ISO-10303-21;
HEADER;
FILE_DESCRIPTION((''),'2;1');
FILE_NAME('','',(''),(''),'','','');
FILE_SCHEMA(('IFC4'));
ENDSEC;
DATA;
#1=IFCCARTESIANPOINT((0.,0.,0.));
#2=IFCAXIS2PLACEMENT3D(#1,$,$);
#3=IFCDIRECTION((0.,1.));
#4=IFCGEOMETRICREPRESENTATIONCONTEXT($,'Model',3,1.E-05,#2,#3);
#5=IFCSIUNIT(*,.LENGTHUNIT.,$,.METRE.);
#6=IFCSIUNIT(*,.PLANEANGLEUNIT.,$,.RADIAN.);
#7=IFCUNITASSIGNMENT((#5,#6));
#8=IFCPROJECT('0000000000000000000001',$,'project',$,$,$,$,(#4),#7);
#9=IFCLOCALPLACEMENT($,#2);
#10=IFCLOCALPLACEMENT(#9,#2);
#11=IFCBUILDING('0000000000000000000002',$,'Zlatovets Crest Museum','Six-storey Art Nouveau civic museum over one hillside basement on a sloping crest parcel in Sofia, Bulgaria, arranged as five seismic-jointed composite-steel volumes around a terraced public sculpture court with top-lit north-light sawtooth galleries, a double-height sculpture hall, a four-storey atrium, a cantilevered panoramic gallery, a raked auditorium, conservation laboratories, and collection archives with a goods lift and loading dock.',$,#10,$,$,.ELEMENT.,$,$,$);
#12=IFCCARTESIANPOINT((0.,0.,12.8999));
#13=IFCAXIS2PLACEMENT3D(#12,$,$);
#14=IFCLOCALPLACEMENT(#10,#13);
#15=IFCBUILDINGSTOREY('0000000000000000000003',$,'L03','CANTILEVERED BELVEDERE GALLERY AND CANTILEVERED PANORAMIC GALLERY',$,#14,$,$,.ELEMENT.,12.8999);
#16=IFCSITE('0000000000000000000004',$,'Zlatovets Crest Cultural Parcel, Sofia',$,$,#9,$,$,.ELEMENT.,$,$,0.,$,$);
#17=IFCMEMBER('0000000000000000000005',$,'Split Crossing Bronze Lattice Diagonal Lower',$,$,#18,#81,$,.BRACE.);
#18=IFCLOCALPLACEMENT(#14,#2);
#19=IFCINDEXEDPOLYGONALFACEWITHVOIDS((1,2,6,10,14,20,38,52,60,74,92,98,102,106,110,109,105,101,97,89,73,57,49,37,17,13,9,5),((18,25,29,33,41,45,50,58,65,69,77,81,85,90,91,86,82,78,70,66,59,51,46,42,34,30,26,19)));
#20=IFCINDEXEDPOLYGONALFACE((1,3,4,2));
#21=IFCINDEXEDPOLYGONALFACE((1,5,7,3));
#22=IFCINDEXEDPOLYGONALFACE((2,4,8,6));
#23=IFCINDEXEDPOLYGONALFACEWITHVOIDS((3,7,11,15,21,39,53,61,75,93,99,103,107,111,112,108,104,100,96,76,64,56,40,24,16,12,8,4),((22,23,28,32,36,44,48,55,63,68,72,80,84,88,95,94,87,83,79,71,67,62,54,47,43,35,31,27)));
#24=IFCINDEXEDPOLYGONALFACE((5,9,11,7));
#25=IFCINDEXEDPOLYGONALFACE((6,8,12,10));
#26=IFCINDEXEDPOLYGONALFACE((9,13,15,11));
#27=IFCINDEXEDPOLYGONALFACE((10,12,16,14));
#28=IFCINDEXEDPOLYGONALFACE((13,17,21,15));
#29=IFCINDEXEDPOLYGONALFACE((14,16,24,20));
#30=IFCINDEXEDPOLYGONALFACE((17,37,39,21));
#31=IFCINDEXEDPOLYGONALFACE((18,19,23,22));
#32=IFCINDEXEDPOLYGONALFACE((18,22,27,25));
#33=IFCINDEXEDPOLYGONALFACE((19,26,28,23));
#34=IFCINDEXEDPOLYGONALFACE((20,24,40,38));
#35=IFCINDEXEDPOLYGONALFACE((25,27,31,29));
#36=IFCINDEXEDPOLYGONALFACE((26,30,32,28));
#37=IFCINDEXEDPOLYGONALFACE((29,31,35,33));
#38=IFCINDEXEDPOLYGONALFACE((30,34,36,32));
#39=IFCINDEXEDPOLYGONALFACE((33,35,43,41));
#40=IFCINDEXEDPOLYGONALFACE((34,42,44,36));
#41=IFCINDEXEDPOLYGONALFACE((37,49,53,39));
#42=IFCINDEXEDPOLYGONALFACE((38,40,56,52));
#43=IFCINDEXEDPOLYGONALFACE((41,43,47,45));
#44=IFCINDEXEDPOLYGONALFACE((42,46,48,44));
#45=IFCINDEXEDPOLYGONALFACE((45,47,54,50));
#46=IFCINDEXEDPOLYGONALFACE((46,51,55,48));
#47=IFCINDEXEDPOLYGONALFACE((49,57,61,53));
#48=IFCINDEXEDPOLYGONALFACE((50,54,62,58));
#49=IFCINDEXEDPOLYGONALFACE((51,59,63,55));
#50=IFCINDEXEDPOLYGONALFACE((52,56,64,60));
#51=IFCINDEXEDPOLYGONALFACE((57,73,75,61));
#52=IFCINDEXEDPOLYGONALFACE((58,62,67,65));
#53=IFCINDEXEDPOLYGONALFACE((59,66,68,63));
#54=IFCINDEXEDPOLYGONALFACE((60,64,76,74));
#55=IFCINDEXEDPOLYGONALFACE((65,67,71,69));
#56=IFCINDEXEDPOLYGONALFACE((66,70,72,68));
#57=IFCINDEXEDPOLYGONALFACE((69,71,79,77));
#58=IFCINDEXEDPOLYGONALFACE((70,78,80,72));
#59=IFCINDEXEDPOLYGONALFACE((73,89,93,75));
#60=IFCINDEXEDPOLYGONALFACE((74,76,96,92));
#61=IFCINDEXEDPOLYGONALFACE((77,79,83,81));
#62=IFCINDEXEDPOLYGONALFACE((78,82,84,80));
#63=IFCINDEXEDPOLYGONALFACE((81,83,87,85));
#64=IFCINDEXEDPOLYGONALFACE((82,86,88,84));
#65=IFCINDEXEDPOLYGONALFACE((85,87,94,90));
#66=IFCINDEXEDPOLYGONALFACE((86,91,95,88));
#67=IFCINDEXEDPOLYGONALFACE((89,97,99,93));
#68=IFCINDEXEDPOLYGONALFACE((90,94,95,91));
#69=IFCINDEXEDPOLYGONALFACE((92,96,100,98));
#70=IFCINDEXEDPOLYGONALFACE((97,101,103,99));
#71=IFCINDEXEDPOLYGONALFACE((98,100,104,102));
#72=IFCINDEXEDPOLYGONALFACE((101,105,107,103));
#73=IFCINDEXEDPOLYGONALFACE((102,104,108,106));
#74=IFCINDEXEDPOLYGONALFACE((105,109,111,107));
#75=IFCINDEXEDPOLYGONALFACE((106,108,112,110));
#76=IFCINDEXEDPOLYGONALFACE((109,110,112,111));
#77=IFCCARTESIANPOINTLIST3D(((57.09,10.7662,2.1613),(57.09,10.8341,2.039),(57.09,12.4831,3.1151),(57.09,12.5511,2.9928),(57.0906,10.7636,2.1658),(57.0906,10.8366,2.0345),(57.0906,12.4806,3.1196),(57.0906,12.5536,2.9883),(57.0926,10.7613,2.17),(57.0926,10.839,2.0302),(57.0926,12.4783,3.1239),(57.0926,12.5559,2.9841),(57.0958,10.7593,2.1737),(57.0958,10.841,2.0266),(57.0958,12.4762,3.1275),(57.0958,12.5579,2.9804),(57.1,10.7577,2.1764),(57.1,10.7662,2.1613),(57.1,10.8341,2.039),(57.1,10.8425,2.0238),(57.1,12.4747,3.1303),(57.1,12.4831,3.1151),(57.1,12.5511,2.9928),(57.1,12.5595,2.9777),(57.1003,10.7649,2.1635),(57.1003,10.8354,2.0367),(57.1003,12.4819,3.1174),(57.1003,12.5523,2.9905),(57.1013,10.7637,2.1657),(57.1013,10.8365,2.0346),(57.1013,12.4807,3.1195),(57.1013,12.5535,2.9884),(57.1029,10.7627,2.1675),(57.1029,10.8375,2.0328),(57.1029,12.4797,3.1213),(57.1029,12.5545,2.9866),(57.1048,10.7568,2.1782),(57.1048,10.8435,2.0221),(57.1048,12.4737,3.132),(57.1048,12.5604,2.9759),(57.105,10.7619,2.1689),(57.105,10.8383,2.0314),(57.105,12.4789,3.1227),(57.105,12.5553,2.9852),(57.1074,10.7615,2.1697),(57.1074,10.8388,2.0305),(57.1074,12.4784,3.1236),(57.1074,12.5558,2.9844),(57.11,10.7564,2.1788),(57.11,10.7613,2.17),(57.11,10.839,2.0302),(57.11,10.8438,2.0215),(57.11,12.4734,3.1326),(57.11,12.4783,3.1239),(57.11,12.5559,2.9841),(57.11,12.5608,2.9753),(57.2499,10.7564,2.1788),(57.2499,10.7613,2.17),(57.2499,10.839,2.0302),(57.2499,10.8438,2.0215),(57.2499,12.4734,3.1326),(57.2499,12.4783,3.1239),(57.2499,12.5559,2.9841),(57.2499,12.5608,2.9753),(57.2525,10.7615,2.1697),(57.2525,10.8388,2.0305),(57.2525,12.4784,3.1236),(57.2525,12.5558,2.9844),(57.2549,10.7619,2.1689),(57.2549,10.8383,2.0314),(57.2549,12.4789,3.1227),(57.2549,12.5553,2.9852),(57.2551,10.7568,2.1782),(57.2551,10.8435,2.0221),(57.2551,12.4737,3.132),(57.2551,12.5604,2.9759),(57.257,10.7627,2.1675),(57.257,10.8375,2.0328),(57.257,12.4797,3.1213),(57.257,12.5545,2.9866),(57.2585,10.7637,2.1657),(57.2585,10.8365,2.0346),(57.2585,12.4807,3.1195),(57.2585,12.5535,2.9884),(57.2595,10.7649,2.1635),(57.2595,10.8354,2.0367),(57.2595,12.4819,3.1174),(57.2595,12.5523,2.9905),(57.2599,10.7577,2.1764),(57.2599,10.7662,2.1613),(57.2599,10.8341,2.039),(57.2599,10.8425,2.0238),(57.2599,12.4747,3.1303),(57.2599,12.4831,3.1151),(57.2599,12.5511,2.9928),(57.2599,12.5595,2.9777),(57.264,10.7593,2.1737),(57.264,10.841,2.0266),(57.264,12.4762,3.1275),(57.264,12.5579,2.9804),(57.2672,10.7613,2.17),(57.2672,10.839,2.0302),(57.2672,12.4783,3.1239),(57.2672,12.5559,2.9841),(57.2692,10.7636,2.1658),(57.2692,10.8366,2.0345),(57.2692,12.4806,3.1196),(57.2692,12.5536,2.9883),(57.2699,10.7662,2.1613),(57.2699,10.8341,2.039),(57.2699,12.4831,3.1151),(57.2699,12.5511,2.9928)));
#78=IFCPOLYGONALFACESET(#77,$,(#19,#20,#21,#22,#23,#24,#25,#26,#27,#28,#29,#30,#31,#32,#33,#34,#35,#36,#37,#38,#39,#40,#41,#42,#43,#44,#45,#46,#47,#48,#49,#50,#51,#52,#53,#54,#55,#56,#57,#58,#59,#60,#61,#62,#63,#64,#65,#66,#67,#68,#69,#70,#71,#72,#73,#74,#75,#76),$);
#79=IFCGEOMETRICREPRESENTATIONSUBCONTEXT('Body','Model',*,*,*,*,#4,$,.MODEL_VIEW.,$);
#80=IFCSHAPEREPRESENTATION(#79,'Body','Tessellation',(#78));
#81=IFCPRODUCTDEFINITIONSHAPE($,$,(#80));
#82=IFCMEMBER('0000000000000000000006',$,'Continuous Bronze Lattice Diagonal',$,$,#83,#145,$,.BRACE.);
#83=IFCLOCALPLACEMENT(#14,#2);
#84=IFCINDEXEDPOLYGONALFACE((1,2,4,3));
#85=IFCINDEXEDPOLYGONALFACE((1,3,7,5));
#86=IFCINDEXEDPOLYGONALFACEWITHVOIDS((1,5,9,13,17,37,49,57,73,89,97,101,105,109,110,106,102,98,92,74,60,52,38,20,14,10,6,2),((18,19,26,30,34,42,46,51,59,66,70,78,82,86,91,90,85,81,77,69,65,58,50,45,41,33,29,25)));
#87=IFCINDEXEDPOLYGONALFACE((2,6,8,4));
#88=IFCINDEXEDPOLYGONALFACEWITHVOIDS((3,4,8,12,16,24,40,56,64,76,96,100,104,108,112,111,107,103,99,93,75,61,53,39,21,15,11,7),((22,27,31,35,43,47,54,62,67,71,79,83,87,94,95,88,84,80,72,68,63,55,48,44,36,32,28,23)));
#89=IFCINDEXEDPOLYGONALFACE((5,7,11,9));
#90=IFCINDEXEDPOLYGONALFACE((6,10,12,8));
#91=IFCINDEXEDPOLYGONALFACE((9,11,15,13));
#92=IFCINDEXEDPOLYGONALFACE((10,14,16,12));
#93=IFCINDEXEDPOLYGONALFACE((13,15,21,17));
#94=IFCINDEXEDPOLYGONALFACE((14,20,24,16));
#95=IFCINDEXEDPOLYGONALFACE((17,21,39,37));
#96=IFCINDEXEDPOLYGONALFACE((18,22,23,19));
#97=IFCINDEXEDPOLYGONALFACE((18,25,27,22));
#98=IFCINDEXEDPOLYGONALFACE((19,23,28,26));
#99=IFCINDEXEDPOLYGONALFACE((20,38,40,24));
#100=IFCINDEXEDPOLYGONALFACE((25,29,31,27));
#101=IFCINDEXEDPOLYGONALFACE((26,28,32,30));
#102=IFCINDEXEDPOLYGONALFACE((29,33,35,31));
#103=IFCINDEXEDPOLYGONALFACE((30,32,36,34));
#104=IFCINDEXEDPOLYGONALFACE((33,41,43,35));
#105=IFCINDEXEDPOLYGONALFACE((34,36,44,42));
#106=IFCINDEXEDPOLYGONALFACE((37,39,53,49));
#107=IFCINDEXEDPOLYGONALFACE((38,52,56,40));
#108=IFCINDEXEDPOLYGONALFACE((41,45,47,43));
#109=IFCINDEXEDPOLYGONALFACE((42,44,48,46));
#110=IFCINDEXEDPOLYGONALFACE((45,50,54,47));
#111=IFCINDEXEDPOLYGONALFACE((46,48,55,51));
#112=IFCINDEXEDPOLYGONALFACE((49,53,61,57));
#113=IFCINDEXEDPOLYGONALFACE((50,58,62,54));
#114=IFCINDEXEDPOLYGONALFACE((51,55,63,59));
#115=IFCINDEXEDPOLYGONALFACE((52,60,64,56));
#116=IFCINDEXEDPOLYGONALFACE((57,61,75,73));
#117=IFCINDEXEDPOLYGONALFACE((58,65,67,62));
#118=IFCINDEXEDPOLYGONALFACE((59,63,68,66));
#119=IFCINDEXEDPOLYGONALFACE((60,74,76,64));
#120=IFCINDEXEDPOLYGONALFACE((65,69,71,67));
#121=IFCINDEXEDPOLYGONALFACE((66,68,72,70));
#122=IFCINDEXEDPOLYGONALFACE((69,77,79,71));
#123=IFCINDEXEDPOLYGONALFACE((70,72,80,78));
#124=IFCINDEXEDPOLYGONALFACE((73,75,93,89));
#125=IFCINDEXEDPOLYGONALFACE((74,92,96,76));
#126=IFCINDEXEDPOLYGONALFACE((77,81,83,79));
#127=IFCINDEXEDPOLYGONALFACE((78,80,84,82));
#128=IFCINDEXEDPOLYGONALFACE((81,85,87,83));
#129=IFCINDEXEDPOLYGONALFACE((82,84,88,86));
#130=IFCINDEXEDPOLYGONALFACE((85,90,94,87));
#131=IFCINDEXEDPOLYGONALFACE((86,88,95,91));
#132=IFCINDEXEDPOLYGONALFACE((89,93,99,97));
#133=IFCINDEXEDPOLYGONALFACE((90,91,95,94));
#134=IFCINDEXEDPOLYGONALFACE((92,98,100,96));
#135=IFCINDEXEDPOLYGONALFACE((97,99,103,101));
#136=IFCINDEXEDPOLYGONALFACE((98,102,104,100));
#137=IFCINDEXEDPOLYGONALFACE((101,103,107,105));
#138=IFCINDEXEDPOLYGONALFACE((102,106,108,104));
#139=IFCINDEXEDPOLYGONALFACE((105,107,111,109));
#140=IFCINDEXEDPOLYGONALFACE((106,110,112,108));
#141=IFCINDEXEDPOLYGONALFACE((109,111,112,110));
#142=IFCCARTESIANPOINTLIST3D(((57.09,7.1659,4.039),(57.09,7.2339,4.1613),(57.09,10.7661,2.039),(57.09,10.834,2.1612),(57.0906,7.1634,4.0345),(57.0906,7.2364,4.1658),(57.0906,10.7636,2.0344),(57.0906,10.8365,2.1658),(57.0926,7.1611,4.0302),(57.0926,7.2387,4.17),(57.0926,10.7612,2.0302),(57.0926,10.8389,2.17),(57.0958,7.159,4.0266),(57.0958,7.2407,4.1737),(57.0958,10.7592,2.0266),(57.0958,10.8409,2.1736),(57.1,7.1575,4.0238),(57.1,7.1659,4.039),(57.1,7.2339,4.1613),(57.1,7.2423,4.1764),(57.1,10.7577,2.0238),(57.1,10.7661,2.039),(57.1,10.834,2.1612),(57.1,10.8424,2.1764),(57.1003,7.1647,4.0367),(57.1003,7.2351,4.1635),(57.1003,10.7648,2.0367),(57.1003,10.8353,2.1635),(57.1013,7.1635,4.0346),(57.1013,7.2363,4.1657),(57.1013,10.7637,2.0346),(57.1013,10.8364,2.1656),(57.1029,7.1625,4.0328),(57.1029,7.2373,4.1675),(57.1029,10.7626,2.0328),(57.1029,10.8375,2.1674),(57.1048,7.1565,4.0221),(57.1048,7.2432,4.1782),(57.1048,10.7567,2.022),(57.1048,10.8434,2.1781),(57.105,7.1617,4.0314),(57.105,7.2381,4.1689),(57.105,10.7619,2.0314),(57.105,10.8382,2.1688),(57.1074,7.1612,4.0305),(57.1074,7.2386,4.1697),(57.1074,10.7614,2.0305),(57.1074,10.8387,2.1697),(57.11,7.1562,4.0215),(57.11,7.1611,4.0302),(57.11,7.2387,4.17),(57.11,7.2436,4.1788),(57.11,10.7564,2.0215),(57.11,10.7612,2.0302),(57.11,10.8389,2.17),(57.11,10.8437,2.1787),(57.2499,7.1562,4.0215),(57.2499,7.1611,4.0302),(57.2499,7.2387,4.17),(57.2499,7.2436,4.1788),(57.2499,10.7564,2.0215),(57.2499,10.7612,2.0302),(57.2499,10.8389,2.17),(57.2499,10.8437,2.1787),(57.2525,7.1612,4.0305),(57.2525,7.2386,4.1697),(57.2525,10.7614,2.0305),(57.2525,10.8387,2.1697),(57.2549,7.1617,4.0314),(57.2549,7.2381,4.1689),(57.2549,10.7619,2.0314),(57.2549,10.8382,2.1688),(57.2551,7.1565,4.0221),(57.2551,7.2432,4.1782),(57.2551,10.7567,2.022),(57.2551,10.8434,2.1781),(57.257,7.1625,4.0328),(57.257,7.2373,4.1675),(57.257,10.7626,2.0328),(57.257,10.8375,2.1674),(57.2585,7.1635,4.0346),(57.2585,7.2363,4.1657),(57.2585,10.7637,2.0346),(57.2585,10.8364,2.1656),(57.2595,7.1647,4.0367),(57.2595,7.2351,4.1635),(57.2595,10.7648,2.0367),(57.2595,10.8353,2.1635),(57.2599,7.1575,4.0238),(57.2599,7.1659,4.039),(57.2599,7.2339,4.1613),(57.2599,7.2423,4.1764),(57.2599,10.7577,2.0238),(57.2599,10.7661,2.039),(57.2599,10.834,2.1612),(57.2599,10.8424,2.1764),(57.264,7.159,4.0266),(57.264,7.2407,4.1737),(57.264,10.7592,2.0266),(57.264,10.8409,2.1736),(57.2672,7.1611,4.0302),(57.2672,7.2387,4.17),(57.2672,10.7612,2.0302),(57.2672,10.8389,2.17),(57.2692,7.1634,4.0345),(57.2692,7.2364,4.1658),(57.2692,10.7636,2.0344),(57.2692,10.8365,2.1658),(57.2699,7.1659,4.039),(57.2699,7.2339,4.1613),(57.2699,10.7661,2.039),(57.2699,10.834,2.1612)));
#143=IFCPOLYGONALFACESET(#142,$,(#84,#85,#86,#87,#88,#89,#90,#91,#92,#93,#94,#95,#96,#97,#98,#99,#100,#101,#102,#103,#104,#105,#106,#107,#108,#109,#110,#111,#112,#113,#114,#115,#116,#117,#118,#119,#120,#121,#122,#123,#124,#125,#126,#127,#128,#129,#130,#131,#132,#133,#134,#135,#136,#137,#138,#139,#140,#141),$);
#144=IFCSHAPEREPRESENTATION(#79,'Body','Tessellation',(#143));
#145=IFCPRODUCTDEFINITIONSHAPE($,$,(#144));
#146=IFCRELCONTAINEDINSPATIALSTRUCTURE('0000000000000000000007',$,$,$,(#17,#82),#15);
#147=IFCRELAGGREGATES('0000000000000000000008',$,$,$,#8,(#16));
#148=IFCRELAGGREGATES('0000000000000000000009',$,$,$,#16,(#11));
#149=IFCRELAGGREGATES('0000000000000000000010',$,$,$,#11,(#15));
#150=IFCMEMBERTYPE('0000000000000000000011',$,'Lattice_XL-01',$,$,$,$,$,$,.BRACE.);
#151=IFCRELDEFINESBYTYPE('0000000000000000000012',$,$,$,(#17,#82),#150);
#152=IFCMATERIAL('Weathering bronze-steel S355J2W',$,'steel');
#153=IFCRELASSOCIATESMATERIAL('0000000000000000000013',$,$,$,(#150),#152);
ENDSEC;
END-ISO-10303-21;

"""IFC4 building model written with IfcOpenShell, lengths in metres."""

from ifc_helpers import new_model, si_unit, direction, frame, origin, origin_2d, place, context, subcontext, project, spatial, hollow_rectangle, extrude, material, material_profile, profile_set, type_object, element, save


model = new_model("IFC4")

# Units and contexts
model_context = context("Model", 3, precision=1e-05, world=origin(), true_north=direction((0.0, 1.0)))
body_context = subcontext(model_context, "Body", "Model", "MODEL_VIEW")
ifc_project = project(units=[si_unit("LENGTHUNIT", "METRE"), si_unit("PLANEANGLEUNIT", "RADIAN")], contexts=[model_context])

# Site, building, storey
site_placement = place(None, origin())
site = spatial("IfcSite", under=ifc_project, at=site_placement, Name="Zlatovets Crest Cultural Parcel, Sofia", CompositionType="ELEMENT", RefElevation=0.0)
building_placement = place(site_placement, origin())
building = spatial("IfcBuilding", under=site, at=building_placement, Name="Zlatovets Crest Museum", Description="Six-storey Art Nouveau civic museum over one hillside basement on a sloping crest parcel in Sofia, Bulgaria, arranged as five seismic-jointed composite-steel volumes around a terraced public sculpture court with top-lit north-light sawtooth galleries, a double-height sculpture hall, a four-storey atrium, a cantilevered panoramic gallery, a raked auditorium, conservation laboratories, and collection archives with a goods lift and loading dock.", CompositionType="ELEMENT")
storey_placement = place(building_placement, frame((0.0, 0.0, 12.8999)))
storey = spatial("IfcBuildingStorey", under=building, at=storey_placement, Name="L03", Description="CANTILEVERED BELVEDERE GALLERY AND CANTILEVERED PANORAMIC GALLERY", CompositionType="ELEMENT", Elevation=12.8999)

# Members
ifc_material_1 = material(Name="Weathering bronze-steel S355J2W", Category="steel")
ifc_material_profile_1 = material_profile(ifc_material_1, hollow_rectangle(XDim=0.1799, YDim=0.1799, WallThickness=0.01, InnerFilletRadius=0.01, OuterFilletRadius=0.02, at=origin_2d()), Name="SHS 180x180x10.0")
ifc_profile_set_1 = profile_set([ifc_material_profile_1], Name="Weathering bronze-steel S355J2W")
member_type_1 = type_object("IfcMemberType", Name="Lattice_XL-01", PredefinedType="BRACE", material=ifc_profile_set_1)
member_1_placement = place(storey_placement, frame((57.1799, 12.5171, 3.054), z_axis=(0.0, -0.874169, -0.485622), x_axis=(1.0, 0.0, 0.0)))
element("IfcMember", 1, at=member_1_placement, inside=storey, type_object=member_type_1, Name="Split Crossing Bronze Lattice Diagonal Lower", PredefinedType="BRACE", context=body_context, shape_type="SweptSolid", body=[
    extrude(hollow_rectangle(XDim=0.1799, YDim=0.1799, WallThickness=0.01, InnerFilletRadius=0.01, OuterFilletRadius=0.02, at=origin_2d()), origin(), (0.0, 0.0, 1.0), 1.9641),
])
member_2_placement = place(storey_placement, frame((57.1799, 10.8, 2.1001), z_axis=(0.0, -0.874163, 0.485633), x_axis=(1.0, 0.0, 0.0)))
element("IfcMember", 2, at=member_2_placement, inside=storey, type_object=member_type_1, Name="Continuous Bronze Lattice Diagonal", PredefinedType="BRACE", context=body_context, shape_type="SweptSolid", body=[
    extrude(hollow_rectangle(XDim=0.1799, YDim=0.1799, WallThickness=0.01, InnerFilletRadius=0.01, OuterFilletRadius=0.02, at=origin_2d()), origin(), (0.0, 0.0, 1.0), 4.1184),
])

save(model, "model.ifc")
